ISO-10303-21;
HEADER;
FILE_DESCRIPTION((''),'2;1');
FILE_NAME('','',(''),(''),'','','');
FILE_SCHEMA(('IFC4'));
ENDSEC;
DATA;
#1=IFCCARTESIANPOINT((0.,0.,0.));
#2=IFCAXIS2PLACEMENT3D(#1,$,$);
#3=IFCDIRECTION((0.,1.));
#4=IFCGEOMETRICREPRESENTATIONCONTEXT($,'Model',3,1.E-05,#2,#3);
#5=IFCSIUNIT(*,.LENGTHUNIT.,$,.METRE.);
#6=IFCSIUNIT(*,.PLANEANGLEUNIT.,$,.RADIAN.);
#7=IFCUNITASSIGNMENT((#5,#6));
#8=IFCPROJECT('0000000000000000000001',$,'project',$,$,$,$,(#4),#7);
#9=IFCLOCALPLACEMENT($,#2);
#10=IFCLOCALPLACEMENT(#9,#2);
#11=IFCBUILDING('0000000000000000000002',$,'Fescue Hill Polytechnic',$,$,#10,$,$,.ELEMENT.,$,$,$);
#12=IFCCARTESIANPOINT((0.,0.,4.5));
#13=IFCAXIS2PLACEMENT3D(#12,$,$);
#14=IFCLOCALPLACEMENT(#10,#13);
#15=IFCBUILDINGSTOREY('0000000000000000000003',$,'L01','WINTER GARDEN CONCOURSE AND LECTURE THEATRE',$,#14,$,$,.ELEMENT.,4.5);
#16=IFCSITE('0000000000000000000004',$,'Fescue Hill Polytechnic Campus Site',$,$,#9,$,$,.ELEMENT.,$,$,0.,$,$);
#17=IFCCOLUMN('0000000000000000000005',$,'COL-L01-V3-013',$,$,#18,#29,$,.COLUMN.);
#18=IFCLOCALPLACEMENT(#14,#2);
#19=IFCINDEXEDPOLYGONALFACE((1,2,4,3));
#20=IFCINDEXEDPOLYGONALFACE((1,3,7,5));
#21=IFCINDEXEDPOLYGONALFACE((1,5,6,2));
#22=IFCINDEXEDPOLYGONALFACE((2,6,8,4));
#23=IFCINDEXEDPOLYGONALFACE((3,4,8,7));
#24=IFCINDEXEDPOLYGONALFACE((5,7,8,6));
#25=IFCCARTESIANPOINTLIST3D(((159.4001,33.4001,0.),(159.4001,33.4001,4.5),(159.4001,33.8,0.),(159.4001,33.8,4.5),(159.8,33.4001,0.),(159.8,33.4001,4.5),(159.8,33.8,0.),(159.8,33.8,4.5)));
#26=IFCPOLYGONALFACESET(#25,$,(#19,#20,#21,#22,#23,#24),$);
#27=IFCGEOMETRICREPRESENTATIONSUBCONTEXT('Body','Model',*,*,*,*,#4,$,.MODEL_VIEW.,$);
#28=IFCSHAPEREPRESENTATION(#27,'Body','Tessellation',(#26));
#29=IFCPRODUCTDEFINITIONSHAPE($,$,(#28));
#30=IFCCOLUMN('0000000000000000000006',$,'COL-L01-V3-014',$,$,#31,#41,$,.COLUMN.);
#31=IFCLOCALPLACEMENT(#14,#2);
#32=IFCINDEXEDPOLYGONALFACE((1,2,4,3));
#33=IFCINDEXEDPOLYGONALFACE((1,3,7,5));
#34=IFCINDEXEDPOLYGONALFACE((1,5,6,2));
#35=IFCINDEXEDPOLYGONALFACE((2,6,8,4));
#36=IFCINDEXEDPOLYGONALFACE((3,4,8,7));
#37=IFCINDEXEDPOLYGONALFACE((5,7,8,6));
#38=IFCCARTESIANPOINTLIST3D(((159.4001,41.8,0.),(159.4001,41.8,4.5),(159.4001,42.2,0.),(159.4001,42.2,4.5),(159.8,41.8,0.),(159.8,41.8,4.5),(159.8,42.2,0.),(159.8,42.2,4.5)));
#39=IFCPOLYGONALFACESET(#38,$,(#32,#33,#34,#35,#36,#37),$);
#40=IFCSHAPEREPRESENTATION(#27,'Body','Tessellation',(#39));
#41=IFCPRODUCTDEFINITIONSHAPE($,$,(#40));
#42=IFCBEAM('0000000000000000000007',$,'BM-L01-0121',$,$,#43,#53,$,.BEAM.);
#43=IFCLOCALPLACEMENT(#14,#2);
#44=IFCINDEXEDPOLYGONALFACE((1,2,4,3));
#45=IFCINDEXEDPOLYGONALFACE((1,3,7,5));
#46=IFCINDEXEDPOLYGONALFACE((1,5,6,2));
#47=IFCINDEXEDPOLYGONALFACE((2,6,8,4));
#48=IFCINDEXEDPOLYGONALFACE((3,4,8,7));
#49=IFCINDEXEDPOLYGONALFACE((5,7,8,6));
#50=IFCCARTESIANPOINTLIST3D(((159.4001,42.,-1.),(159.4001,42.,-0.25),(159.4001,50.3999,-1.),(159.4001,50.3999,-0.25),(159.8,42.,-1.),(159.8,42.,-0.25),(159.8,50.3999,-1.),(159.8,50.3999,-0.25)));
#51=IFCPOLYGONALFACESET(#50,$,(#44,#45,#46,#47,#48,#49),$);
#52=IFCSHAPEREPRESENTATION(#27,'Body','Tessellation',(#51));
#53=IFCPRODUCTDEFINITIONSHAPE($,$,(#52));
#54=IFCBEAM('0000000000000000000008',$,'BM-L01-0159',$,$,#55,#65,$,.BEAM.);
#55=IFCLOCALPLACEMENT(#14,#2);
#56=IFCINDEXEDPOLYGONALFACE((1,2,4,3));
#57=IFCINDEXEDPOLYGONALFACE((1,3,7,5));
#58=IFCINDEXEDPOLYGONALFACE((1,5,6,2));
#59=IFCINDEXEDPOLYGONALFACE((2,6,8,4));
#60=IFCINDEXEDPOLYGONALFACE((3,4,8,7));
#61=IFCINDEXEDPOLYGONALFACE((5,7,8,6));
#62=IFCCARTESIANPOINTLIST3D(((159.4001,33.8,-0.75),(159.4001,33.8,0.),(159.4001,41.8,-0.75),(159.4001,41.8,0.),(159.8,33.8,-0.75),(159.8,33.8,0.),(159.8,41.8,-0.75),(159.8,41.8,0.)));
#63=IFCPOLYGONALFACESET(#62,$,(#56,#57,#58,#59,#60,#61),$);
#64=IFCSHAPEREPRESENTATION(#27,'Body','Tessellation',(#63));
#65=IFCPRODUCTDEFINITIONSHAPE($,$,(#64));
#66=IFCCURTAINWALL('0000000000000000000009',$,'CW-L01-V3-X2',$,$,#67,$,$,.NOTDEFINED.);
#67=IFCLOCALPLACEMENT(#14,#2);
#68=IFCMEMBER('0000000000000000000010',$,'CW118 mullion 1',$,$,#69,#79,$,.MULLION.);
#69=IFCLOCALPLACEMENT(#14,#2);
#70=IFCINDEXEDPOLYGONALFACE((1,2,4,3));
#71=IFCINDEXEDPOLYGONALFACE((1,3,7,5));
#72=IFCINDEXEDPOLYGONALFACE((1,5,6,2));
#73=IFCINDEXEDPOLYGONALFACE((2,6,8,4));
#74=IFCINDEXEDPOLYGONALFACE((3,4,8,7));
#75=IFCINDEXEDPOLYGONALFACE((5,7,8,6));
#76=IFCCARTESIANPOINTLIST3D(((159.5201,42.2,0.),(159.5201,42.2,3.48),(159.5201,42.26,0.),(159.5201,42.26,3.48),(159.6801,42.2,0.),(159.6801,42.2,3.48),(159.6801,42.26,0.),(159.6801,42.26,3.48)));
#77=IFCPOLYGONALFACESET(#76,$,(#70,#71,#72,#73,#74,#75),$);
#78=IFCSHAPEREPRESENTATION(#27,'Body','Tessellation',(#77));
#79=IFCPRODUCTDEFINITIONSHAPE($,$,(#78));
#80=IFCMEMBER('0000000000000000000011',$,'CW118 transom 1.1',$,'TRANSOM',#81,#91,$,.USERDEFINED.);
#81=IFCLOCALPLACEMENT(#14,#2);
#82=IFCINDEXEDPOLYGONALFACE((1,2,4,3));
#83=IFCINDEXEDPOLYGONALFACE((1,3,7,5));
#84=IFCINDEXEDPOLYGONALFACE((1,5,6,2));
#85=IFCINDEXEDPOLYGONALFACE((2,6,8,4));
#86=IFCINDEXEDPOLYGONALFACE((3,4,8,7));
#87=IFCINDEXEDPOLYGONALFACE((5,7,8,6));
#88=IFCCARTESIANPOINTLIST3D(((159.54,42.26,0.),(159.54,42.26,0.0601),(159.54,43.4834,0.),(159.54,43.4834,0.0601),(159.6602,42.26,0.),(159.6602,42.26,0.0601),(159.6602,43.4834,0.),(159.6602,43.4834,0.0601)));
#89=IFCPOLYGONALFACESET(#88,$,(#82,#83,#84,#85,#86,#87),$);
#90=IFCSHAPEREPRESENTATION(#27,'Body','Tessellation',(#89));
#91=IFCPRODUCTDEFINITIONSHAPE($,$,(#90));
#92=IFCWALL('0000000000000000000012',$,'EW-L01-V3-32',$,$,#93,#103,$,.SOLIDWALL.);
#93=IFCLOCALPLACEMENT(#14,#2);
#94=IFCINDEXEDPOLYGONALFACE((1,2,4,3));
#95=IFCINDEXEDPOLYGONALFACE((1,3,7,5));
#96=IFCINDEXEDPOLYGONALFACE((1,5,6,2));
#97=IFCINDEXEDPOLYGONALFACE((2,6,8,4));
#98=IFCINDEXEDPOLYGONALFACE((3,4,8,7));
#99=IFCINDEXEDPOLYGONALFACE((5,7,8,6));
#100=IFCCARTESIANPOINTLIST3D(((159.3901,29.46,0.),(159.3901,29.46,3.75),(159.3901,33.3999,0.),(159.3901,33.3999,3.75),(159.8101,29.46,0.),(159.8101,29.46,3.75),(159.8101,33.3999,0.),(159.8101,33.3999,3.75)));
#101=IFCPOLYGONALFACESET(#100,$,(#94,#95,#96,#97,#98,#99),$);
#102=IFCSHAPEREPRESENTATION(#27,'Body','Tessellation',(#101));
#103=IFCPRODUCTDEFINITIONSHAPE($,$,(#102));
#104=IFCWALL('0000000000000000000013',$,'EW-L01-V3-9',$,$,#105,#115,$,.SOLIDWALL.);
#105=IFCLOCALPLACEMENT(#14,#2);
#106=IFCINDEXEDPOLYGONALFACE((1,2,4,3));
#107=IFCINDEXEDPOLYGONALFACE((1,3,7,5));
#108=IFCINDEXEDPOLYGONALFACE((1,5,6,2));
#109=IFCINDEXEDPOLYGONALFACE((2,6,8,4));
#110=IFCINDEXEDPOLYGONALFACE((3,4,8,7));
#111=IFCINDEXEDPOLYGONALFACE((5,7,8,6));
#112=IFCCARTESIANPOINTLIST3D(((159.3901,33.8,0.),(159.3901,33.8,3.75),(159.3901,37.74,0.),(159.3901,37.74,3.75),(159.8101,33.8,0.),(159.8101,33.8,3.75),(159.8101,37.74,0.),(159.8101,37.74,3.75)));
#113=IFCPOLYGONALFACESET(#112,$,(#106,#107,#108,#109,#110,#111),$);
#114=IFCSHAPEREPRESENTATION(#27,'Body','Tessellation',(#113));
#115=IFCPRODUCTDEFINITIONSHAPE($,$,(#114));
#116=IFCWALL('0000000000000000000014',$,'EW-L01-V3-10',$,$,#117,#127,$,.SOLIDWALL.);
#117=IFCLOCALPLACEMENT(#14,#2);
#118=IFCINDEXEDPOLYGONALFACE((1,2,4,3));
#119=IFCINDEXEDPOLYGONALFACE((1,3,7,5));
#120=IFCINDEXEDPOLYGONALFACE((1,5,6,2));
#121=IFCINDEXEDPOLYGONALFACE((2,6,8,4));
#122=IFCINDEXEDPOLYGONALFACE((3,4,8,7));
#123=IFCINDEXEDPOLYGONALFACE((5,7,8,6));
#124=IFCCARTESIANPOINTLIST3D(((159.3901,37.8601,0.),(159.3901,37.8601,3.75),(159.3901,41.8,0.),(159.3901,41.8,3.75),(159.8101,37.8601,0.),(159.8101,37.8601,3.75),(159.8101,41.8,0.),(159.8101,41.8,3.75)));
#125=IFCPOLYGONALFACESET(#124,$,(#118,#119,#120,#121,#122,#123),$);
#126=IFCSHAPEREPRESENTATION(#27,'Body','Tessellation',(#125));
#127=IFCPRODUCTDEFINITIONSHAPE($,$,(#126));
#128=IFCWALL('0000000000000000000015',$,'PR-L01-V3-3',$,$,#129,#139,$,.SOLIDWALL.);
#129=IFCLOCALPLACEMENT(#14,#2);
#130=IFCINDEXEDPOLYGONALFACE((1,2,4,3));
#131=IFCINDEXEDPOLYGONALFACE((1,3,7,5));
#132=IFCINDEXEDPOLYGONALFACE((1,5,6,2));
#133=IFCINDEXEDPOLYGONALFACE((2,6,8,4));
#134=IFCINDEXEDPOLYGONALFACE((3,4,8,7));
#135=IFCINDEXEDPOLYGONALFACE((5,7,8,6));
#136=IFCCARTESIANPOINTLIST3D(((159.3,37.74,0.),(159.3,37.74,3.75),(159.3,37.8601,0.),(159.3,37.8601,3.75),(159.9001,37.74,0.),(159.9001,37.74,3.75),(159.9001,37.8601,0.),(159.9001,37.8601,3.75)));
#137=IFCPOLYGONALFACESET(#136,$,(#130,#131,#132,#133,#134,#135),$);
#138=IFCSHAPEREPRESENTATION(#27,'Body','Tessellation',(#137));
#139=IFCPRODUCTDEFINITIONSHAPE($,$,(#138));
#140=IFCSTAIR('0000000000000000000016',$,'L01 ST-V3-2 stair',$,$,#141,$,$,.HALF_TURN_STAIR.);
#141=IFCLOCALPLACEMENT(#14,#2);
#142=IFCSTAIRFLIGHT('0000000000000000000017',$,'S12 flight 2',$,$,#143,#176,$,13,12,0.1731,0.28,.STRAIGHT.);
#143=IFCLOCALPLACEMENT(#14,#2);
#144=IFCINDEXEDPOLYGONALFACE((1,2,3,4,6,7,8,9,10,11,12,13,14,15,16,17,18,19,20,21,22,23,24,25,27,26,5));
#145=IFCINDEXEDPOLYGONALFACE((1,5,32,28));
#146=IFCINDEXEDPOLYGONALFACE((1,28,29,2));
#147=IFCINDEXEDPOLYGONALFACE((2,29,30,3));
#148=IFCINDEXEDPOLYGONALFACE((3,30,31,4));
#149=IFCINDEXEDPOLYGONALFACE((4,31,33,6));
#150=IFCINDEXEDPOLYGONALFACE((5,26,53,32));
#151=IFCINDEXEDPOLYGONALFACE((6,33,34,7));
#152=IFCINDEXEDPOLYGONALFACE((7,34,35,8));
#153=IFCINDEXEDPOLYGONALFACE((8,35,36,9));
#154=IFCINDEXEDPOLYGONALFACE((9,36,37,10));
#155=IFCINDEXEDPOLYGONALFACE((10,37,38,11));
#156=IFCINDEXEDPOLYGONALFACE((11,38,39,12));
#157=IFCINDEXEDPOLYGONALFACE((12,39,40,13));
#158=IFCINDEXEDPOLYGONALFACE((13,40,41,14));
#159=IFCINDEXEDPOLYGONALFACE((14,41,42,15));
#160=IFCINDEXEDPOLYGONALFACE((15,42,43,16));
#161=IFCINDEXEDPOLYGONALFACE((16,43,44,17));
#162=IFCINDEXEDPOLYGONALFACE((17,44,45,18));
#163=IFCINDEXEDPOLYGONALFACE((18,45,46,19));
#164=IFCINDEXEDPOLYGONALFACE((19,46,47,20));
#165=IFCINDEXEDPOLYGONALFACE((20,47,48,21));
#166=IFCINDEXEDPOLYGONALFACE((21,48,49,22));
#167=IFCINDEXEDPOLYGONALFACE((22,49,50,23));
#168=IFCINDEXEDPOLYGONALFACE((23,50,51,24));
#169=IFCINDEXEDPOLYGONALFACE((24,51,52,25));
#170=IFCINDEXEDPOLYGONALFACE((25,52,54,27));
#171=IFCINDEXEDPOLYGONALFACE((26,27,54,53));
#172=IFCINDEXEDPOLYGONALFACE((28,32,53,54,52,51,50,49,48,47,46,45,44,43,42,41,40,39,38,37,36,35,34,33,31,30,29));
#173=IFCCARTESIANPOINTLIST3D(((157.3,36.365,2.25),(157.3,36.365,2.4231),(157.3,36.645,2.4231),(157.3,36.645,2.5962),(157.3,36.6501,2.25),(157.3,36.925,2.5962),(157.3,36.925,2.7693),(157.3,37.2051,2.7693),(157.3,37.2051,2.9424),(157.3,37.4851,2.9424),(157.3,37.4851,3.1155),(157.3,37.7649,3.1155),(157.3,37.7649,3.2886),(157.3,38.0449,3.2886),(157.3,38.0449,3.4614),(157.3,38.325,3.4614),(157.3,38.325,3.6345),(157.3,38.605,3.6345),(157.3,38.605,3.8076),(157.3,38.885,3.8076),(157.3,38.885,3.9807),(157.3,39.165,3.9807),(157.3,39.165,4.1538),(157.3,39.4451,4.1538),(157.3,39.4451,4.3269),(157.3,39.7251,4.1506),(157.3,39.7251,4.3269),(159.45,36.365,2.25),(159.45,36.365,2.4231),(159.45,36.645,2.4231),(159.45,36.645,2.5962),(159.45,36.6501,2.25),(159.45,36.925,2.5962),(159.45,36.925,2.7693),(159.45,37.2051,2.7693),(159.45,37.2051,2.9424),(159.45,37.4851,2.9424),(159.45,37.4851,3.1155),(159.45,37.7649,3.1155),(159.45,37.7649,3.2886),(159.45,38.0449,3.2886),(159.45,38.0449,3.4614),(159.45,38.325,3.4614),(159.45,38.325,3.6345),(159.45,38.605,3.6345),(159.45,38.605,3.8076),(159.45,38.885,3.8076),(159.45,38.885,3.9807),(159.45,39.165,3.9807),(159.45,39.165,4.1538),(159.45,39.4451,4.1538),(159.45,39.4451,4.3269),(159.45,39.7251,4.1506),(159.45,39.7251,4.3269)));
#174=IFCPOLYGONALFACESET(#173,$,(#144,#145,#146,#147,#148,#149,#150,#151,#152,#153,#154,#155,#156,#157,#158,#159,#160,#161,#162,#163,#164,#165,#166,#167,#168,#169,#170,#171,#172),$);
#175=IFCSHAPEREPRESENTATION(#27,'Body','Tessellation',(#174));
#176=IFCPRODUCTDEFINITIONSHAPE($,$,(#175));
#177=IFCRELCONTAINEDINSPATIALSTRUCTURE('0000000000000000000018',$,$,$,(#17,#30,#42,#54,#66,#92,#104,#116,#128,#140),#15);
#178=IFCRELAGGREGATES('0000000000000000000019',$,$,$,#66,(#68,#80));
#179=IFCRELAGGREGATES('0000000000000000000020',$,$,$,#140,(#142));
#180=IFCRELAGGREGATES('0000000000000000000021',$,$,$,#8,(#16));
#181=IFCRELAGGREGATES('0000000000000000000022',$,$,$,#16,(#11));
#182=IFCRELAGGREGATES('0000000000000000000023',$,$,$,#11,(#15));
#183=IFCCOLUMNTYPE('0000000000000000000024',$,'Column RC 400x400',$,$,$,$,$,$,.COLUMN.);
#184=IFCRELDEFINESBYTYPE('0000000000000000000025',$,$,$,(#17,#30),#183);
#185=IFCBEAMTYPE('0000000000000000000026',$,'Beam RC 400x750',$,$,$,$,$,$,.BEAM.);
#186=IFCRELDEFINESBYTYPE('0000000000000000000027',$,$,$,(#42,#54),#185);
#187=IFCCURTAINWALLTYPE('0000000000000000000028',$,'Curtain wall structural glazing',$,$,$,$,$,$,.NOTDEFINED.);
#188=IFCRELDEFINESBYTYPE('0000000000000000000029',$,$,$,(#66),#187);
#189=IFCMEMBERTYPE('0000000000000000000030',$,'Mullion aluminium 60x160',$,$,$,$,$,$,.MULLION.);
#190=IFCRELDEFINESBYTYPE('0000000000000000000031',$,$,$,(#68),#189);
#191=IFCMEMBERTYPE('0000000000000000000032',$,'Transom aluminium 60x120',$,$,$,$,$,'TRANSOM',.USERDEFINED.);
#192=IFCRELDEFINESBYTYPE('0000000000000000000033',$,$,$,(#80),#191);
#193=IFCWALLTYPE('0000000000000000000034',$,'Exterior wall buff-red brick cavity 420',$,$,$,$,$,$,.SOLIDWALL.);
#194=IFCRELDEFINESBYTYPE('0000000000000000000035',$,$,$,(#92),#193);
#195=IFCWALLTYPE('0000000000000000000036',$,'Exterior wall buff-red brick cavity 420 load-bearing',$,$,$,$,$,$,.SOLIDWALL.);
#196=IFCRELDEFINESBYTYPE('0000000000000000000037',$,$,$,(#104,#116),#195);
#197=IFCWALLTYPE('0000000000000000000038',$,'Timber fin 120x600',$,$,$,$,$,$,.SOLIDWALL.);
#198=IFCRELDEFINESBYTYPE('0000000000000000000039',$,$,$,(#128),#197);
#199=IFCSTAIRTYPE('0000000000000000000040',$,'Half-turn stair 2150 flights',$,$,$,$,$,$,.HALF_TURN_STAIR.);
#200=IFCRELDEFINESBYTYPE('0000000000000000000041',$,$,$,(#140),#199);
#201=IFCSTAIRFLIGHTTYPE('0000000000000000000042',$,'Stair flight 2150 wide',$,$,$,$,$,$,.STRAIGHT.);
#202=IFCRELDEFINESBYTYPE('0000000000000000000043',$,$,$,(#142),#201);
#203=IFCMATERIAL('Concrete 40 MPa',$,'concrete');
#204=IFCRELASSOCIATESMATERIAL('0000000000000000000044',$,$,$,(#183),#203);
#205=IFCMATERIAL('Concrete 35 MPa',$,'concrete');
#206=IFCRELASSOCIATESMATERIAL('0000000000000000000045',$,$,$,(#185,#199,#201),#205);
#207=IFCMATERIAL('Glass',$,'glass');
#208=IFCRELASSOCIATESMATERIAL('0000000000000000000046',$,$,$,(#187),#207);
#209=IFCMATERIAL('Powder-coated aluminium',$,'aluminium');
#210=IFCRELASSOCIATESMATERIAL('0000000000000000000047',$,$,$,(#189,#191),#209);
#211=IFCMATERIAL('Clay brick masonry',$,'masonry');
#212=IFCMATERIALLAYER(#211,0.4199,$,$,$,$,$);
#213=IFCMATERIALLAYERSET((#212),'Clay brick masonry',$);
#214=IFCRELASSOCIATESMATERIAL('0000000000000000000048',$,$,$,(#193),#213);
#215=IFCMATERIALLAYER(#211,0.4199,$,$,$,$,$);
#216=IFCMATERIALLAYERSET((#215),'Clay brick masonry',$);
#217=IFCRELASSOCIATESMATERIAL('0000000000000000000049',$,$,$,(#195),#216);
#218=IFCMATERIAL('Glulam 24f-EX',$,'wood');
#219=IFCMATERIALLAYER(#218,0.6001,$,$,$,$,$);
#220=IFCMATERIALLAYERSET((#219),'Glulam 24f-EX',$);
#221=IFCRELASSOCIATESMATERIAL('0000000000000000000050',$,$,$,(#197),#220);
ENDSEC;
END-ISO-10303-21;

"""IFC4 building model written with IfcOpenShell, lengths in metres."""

from ifc_helpers import new_model, si_unit, direction, frame, frame_2d, origin, origin_2d, place, context, subcontext, project, spatial, polyline, rectangle, outline, extrude, material, layer, layer_set, material_profile, profile_set, type_object, element, aggregate, save


model = new_model("IFC4")

# Units and contexts
model_context = context("Model", 3, precision=1e-05, world=origin(), true_north=direction((0.0, 1.0)))
body_context = subcontext(model_context, "Body", "Model", "MODEL_VIEW")
ifc_project = project(units=[si_unit("LENGTHUNIT", "METRE"), si_unit("PLANEANGLEUNIT", "RADIAN")], contexts=[model_context])

# Site, building, storey
site_placement = place(None, origin())
site = spatial("IfcSite", under=ifc_project, at=site_placement, Name="Fescue Hill Polytechnic Campus Site", CompositionType="ELEMENT", RefElevation=0.0)
building_placement = place(site_placement, origin())
building = spatial("IfcBuilding", under=site, at=building_placement, Name="Fescue Hill Polytechnic", CompositionType="ELEMENT")
storey_placement = place(building_placement, frame((0.0, 0.0, 4.5)))
storey = spatial("IfcBuildingStorey", under=building, at=storey_placement, Name="L01", Description="WINTER GARDEN CONCOURSE AND LECTURE THEATRE", CompositionType="ELEMENT", Elevation=4.5)

# Columns
ifc_material_1 = material(Name="Concrete 40 MPa", Category="concrete")
ifc_material_profile_1 = material_profile(ifc_material_1, rectangle(XDim=0.3999, YDim=0.3999, at=origin_2d()), Name="RC 400x400")
ifc_profile_set_1 = profile_set([ifc_material_profile_1], Name="Concrete 40 MPa")
column_type = type_object("IfcColumnType", Name="Column RC 400x400", PredefinedType="COLUMN", material=ifc_profile_set_1)
for number, where, z_axis, x_axis, name in (
    (1, (159.6001, 33.6001, 0.0), (0.0, 0.0, 1.0), (1.0, 0.0, 0.0), "COL-L01-V3-013"),
    (2, (159.6001, 42.0, 0.0), (0.0, 0.0, 1.0), (1.0, 0.0, 0.0), "COL-L01-V3-014"),
):
    element("IfcColumn", number, at=place(storey_placement, frame(where, z_axis=z_axis, x_axis=x_axis)), inside=storey, type_object=column_type, Name=name, PredefinedType="COLUMN", context=body_context, shape_type="SweptSolid", body=[
        extrude(rectangle(XDim=0.3999, YDim=0.3999, at=origin_2d()), origin(), (0.0, 0.0, 1.0), 4.5),
    ])

# Beams
ifc_material_2 = material(Name="Concrete 35 MPa", Category="concrete")
ifc_material_profile_2 = material_profile(ifc_material_2, rectangle(XDim=0.3999, YDim=0.75, at=origin_2d()), Name="RC 400x750")
ifc_profile_set_2 = profile_set([ifc_material_profile_2], Name="Concrete 35 MPa")
beam_type = type_object("IfcBeamType", Name="Beam RC 400x750", PredefinedType="BEAM", material=ifc_profile_set_2)
beam_1_placement = place(storey_placement, frame((159.6001, 42.0, -0.625), z_axis=(0.0, 1.0, 0.0), x_axis=(-1.0, 0.0, 0.0)))
element("IfcBeam", 3, at=beam_1_placement, inside=storey, type_object=beam_type, Name="BM-L01-0121", PredefinedType="BEAM", context=body_context, shape_type="SweptSolid", body=[
    extrude(rectangle(XDim=0.3999, YDim=0.75, at=origin_2d()), origin(), (0.0, 0.0, 1.0), 8.3999),
])
beam_2_placement = place(storey_placement, frame((159.6001, 33.8, -0.375), z_axis=(0.0, 1.0, 0.0), x_axis=(-1.0, 0.0, 0.0)))
element("IfcBeam", 4, at=beam_2_placement, inside=storey, type_object=beam_type, Name="BM-L01-0159", PredefinedType="BEAM", context=body_context, shape_type="SweptSolid", body=[
    extrude(rectangle(XDim=0.3999, YDim=0.75, at=origin_2d()), origin(), (0.0, 0.0, 1.0), 8.0),
])

# Curtain wall, members
ifc_material_3 = material(Name="Glass", Category="glass")
curtain_wall_type = type_object("IfcCurtainWallType", Name="Curtain wall structural glazing", PredefinedType="NOTDEFINED", material=ifc_material_3)
curtain_wall_placement = place(storey_placement, origin())
curtain_wall = element("IfcCurtainWall", 5, at=curtain_wall_placement, inside=storey, type_object=curtain_wall_type, Name="CW-L01-V3-X2", PredefinedType="NOTDEFINED")
ifc_material_4 = material(Name="Powder-coated aluminium", Category="aluminium")
ifc_material_profile_3 = material_profile(ifc_material_4, rectangle(XDim=0.1599, YDim=0.0601, at=origin_2d()), Name="Mullion aluminium 60x160")
ifc_profile_set_3 = profile_set([ifc_material_profile_3], Name="Powder-coated aluminium")
member_type_1 = type_object("IfcMemberType", Name="Mullion aluminium 60x160", PredefinedType="MULLION", material=ifc_profile_set_3)
member_1_placement = place(storey_placement, frame((159.6001, 42.23, 0.0), z_axis=(0.0, 0.0, 1.0), x_axis=(-1.0, 0.0, 0.0)))
member_1 = element("IfcMember", 6, at=member_1_placement, type_object=member_type_1, Name="CW118 mullion 1", PredefinedType="MULLION", context=body_context, shape_type="SweptSolid", body=[
    extrude(rectangle(XDim=0.1599, YDim=0.0601, at=origin_2d()), origin(), (0.0, 0.0, 1.0), 3.48),
])
ifc_material_profile_4 = material_profile(ifc_material_4, rectangle(XDim=0.1201, YDim=0.0601, at=origin_2d()), Name="Transom aluminium 60x120")
ifc_profile_set_4 = profile_set([ifc_material_profile_4], Name="Powder-coated aluminium")
member_type_2 = type_object("IfcMemberType", Name="Transom aluminium 60x120", ElementType="TRANSOM", PredefinedType="USERDEFINED", material=ifc_profile_set_4)
member_2_placement = place(storey_placement, frame((159.6001, 42.26, 0.03), z_axis=(0.0, 1.0, 0.0), x_axis=(-1.0, 0.0, 0.0)))
member_2 = element("IfcMember", 7, at=member_2_placement, type_object=member_type_2, Name="CW118 transom 1.1", ObjectType="TRANSOM", PredefinedType="USERDEFINED", context=body_context, shape_type="SweptSolid", body=[
    extrude(rectangle(XDim=0.1201, YDim=0.0601, at=origin_2d()), origin(), (0.0, 0.0, 1.0), 1.2234),
])
aggregate(curtain_wall, [member_1, member_2])

# Walls
ifc_material_5 = material(Name="Clay brick masonry", Category="masonry")
ifc_layer_1 = layer(ifc_material_5, 0.4199)
ifc_layer_set_1 = layer_set([ifc_layer_1], Name="Clay brick masonry")
wall_type_1 = type_object("IfcWallType", Name="Exterior wall buff-red brick cavity 420", PredefinedType="SOLIDWALL", material=ifc_layer_set_1)
wall_1_placement = place(storey_placement, frame((159.6001, 29.46, 0.0), z_axis=(0.0, 0.0, 1.0), x_axis=(0.0, 1.0, 0.0)))
element("IfcWall", 8, at=wall_1_placement, inside=storey, type_object=wall_type_1, Name="EW-L01-V3-32", PredefinedType="SOLIDWALL", context=body_context, shape_type="SweptSolid", body=[
    extrude(rectangle(XDim=3.9399, YDim=0.4199, at=frame_2d((1.97, 0.0))), origin(), (0.0, 0.0, 1.0), 3.75),
])
ifc_layer_2 = layer(ifc_material_5, 0.4199)
ifc_layer_set_2 = layer_set([ifc_layer_2], Name="Clay brick masonry")
wall_type_2 = type_object("IfcWallType", Name="Exterior wall buff-red brick cavity 420 load-bearing", PredefinedType="SOLIDWALL", material=ifc_layer_set_2)
for number, where, z_axis, x_axis, name in (
    (9, (159.6001, 33.8, 0.0), (0.0, 0.0, 1.0), (0.0, 1.0, 0.0), "EW-L01-V3-9"),
    (10, (159.6001, 37.8601, 0.0), (0.0, 0.0, 1.0), (0.0, 1.0, 0.0), "EW-L01-V3-10"),
):
    element("IfcWall", number, at=place(storey_placement, frame(where, z_axis=z_axis, x_axis=x_axis)), inside=storey, type_object=wall_type_2, Name=name, PredefinedType="SOLIDWALL", context=body_context, shape_type="SweptSolid", body=[
        extrude(rectangle(XDim=3.9399, YDim=0.4199, at=frame_2d((1.97, 0.0))), origin(), (0.0, 0.0, 1.0), 3.75),
    ])
ifc_material_6 = material(Name="Glulam 24f-EX", Category="wood")
ifc_layer_3 = layer(ifc_material_6, 0.6001)
ifc_layer_set_3 = layer_set([ifc_layer_3], Name="Glulam 24f-EX")
wall_type_3 = type_object("IfcWallType", Name="Timber fin 120x600", PredefinedType="SOLIDWALL", material=ifc_layer_set_3)
wall_2_placement = place(storey_placement, frame((159.6001, 37.74, 0.0), z_axis=(0.0, 0.0, 1.0), x_axis=(0.0, 1.0, 0.0)))
element("IfcWall", 11, at=wall_2_placement, inside=storey, type_object=wall_type_3, Name="PR-L01-V3-3", PredefinedType="SOLIDWALL", context=body_context, shape_type="SweptSolid", body=[
    extrude(rectangle(XDim=0.1201, YDim=0.6001, at=frame_2d((0.0601, 0.0))), origin(), (0.0, 0.0, 1.0), 3.75),
])

# Stair, stair flight
stair_type = type_object("IfcStairType", Name="Half-turn stair 2150 flights", PredefinedType="HALF_TURN_STAIR", material=ifc_material_2)
stair_placement = place(storey_placement, origin())
stair = element("IfcStair", 12, at=stair_placement, inside=storey, type_object=stair_type, Name="L01 ST-V3-2 stair", PredefinedType="HALF_TURN_STAIR")
stair_flight_type = type_object("IfcStairFlightType", Name="Stair flight 2150 wide", PredefinedType="STRAIGHT", material=ifc_material_2)
stair_flight_placement = place(storey_placement, frame((158.375, 36.365, 2.25), z_axis=(0.0, 0.0, 1.0), x_axis=(0.0, 1.0, 0.0)))
stair_flight = element("IfcStairFlight", 13, at=stair_flight_placement, type_object=stair_flight_type, Name="S12 flight 2", NumberOfRisers=13, NumberOfTreads=12, PredefinedType="STRAIGHT", RiserHeight=0.1731, TreadLength=0.28, context=body_context, shape_type="SweptSolid", body=[
    extrude(outline(polyline([(0.0, 0.0), (0.0, 0.1731), (0.28, 0.1731), (0.28, 0.3462), (0.5601, 0.3462), (0.5601, 0.5193), (0.8401, 0.5193), (0.8401, 0.6924), (1.1201, 0.6924), (1.1201, 0.8655), (1.3999, 0.8655), (1.3999, 1.0386), (1.6799, 1.0386), (1.6799, 1.2114), (1.96, 1.2114), (1.96, 1.3845), (2.24, 1.3845), (2.24, 1.5576), (2.52, 1.5576), (2.52, 1.7307), (2.8, 1.7307), (2.8, 1.9038), (3.0801, 1.9038), (3.0801, 2.0769), (3.3601, 2.0769), (3.3601, 2.25), (3.3601, 1.9006), (0.2852, 0.0), (0.0, 0.0)])), frame((0.0, 1.075, 0.0), z_axis=(0.0, -1.0, 0.0), x_axis=(1.0, 0.0, 0.0)), (0.0, 0.0, 1.0), 2.1499),
])
aggregate(stair, [stair_flight])

save(model, "model.ifc")
